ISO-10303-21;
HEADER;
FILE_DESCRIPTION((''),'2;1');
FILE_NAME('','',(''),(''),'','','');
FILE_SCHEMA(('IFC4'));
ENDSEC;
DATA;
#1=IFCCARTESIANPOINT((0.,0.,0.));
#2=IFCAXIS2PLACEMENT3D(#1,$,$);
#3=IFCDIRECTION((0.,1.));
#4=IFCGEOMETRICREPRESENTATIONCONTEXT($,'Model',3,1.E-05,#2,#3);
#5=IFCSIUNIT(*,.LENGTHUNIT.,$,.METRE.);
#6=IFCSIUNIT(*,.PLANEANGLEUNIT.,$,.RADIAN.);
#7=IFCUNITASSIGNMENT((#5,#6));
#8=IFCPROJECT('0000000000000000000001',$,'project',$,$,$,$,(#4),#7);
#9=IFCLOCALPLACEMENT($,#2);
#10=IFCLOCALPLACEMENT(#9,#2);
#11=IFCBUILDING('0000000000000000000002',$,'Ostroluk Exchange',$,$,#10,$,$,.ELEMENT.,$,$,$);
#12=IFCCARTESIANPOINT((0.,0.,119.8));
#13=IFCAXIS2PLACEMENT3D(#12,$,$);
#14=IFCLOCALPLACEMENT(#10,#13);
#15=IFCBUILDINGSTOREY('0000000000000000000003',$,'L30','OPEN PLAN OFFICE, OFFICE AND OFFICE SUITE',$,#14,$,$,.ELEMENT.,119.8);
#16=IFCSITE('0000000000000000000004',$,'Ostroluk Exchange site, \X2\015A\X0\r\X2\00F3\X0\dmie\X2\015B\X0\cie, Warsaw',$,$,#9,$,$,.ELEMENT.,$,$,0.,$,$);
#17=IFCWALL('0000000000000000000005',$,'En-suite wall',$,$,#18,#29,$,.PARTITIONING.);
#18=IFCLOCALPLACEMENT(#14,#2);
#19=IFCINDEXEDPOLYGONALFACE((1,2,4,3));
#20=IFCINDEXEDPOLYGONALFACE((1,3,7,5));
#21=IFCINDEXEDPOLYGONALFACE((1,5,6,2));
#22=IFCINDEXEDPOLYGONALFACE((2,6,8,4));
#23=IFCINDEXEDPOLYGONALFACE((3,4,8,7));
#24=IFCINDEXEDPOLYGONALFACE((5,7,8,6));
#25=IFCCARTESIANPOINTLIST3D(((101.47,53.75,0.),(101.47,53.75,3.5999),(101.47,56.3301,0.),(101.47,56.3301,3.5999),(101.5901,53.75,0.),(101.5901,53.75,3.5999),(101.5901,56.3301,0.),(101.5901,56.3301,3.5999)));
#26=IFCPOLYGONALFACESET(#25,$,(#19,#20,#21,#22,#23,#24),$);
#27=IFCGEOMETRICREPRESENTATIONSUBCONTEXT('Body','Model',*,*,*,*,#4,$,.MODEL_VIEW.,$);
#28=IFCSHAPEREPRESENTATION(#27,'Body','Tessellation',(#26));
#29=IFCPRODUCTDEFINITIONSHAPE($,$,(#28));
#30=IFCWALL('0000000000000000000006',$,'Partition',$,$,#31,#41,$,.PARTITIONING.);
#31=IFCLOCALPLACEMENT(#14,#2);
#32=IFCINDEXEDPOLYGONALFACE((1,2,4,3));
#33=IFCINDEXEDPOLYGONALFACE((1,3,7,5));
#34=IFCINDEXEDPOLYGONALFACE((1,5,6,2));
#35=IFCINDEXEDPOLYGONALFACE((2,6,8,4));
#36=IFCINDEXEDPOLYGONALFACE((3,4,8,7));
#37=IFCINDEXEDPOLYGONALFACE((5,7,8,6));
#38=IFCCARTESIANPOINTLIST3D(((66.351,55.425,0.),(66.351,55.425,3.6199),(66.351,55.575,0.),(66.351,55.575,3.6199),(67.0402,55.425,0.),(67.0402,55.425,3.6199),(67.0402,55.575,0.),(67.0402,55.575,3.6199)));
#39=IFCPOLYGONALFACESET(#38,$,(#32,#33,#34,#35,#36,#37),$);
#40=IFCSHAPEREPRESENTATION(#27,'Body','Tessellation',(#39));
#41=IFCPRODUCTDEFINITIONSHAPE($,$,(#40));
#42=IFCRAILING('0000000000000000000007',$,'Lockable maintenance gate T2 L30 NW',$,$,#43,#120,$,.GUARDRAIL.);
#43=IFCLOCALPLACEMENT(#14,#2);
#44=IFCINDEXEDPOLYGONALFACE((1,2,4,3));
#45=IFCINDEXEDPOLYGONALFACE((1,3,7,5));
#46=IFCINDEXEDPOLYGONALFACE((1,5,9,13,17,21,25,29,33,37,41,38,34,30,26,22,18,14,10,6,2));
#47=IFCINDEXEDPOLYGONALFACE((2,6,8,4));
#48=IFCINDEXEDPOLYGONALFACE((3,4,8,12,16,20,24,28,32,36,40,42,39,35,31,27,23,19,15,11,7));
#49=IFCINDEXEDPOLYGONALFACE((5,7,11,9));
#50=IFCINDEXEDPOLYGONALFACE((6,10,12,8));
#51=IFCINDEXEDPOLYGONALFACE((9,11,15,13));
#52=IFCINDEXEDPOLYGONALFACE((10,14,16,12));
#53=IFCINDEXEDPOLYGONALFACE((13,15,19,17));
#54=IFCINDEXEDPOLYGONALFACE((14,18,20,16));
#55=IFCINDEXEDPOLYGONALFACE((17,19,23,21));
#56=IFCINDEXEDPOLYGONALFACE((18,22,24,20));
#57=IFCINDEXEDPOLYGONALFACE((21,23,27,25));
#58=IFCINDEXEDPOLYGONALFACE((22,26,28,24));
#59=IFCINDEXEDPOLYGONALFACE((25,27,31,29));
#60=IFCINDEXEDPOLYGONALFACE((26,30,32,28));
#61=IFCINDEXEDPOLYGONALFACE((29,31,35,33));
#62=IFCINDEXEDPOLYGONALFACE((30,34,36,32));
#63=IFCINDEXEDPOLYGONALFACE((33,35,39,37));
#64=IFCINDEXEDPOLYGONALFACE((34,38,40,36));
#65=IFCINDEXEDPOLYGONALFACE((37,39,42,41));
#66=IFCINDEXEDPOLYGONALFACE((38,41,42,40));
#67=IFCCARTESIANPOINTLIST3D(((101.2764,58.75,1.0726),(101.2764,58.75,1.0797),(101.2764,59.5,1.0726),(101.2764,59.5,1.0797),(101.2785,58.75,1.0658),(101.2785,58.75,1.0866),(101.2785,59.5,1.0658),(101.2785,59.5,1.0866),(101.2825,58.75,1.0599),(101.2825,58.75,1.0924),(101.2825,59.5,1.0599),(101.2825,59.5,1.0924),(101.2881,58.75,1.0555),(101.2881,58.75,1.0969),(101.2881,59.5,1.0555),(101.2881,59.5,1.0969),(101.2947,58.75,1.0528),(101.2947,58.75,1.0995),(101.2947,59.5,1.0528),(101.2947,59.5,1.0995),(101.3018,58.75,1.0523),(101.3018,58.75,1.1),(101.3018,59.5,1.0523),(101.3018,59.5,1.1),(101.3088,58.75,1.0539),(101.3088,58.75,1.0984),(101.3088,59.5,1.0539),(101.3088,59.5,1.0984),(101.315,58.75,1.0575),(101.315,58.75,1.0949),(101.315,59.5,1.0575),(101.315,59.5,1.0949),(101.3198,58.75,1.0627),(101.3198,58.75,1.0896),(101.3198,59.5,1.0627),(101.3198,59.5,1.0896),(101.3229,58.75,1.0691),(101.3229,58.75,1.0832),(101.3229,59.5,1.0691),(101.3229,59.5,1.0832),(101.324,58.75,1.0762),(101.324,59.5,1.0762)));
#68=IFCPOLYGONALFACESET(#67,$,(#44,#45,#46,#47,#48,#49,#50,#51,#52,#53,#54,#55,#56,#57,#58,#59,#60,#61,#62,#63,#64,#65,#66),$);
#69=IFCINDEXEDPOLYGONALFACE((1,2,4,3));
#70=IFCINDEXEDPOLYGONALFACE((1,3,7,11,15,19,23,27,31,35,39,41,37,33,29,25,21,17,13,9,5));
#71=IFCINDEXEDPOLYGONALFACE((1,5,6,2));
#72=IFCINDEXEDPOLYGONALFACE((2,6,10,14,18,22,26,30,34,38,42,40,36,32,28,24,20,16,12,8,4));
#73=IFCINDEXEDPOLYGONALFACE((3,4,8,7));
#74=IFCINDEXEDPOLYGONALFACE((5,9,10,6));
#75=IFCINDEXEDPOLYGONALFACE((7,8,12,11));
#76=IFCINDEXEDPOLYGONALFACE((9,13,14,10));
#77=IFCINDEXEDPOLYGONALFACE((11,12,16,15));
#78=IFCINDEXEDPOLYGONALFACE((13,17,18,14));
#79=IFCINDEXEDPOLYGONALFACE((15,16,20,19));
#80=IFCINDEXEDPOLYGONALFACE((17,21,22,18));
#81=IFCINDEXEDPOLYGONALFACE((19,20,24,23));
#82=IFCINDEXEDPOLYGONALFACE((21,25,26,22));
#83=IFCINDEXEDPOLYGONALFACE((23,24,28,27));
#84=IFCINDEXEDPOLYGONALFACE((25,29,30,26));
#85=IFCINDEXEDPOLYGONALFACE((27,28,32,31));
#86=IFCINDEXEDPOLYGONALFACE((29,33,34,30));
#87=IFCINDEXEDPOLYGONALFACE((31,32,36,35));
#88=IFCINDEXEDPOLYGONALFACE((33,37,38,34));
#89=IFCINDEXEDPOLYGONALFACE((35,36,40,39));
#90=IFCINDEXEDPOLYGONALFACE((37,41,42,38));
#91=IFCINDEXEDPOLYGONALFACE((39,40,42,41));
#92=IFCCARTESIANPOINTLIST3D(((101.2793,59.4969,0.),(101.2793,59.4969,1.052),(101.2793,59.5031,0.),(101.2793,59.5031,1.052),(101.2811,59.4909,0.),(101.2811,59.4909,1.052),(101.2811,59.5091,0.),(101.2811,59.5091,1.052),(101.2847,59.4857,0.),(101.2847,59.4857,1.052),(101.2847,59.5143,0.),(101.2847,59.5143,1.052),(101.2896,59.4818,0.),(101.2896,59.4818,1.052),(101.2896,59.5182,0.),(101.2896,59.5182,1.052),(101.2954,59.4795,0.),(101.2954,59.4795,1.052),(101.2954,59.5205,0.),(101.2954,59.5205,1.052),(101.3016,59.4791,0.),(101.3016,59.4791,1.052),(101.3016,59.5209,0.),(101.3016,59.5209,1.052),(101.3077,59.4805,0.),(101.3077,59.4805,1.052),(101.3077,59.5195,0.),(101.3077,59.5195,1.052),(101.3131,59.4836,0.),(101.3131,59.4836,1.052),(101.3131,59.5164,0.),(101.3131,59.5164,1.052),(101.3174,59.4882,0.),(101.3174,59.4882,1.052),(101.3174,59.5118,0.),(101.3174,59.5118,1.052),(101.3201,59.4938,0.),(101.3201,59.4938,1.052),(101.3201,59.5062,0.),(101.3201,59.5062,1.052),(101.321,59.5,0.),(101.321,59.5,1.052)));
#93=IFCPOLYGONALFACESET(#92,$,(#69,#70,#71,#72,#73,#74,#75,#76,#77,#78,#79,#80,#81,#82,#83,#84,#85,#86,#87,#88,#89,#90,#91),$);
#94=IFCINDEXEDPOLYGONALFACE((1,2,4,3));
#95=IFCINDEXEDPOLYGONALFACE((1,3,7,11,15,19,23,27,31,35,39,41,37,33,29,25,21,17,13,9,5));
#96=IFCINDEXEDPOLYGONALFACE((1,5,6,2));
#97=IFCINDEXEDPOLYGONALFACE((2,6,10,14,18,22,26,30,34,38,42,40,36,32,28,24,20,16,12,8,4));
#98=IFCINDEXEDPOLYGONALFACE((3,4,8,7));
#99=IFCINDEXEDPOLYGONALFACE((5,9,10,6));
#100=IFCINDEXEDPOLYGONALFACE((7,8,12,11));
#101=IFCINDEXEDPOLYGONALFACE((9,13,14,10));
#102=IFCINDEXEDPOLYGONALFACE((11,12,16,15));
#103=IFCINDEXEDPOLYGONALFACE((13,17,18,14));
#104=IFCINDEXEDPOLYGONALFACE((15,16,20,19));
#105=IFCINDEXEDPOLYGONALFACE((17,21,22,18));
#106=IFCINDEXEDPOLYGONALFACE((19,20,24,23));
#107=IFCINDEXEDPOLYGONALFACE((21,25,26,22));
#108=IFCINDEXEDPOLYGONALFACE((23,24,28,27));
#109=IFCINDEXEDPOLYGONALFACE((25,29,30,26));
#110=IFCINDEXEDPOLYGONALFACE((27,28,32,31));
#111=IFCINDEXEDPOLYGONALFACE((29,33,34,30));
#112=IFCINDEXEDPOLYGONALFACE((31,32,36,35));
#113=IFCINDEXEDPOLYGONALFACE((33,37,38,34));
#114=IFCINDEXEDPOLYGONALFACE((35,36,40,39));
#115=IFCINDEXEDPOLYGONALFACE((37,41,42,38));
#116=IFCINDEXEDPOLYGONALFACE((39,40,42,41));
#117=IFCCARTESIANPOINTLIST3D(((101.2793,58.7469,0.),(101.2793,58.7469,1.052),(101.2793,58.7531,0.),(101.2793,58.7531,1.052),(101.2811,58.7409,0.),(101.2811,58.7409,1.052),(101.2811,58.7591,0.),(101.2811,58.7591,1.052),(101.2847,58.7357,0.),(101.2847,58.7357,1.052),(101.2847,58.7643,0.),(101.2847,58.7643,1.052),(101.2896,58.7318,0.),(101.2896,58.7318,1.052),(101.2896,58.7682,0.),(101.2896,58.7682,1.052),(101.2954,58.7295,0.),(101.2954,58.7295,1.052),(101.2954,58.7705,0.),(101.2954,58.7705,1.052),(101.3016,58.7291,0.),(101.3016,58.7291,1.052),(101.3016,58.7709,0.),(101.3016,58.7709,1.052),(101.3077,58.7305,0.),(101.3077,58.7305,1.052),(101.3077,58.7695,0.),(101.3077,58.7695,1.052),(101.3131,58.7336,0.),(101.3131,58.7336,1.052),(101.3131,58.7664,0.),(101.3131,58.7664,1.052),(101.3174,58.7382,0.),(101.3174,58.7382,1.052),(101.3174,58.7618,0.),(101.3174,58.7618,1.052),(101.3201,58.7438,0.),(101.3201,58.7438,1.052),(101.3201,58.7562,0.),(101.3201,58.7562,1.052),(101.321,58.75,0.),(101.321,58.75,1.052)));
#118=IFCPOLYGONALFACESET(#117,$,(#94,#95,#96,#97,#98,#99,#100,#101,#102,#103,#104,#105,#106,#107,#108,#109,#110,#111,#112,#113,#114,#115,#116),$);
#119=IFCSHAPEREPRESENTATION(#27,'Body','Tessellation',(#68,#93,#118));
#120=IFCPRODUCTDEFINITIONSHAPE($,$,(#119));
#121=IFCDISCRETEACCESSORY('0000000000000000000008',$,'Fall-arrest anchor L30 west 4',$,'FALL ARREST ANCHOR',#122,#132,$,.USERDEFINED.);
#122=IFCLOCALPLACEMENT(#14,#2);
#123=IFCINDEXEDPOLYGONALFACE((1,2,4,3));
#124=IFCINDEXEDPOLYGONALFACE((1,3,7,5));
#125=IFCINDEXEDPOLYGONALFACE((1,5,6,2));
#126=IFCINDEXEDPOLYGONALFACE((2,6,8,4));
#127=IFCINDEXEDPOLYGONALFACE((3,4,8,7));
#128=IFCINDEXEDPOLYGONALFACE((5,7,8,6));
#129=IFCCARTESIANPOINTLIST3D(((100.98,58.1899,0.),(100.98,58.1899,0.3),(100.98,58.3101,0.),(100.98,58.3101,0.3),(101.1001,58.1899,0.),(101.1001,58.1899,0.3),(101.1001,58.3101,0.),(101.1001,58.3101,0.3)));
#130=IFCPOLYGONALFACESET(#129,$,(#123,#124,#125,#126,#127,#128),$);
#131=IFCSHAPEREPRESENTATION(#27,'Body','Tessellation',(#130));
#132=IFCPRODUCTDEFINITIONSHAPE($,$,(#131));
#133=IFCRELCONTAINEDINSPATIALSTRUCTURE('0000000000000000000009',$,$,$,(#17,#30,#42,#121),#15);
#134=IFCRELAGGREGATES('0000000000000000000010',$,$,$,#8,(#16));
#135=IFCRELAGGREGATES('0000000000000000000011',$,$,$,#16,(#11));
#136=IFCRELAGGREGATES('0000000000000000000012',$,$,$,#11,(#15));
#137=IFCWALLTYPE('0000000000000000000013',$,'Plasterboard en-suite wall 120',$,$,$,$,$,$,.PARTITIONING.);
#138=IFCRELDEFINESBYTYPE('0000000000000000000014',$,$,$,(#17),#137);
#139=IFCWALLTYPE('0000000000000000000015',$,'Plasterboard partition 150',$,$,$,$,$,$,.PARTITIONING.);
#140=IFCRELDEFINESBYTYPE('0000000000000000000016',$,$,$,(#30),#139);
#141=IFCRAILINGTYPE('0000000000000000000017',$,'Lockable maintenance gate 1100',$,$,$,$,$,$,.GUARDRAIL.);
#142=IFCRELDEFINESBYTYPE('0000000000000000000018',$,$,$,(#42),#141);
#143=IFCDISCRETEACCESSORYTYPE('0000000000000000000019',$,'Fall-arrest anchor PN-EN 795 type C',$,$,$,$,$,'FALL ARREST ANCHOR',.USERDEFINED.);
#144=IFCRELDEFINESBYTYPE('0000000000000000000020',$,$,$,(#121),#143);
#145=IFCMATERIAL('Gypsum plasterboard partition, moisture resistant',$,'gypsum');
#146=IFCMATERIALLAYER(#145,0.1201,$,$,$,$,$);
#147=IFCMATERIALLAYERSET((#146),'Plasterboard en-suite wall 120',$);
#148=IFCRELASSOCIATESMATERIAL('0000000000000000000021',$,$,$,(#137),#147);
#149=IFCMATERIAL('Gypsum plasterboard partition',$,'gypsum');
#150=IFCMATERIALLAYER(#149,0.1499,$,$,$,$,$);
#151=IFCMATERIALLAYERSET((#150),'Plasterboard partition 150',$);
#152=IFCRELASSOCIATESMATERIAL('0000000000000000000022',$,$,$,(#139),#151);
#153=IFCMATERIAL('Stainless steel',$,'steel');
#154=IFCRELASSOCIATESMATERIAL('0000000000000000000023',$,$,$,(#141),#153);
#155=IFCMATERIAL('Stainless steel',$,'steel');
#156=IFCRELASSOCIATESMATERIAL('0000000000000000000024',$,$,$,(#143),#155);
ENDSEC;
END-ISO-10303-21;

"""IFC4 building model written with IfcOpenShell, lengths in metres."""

from ifc_helpers import new_model, si_unit, direction, frame, frame_2d, origin, origin_2d, place, context, subcontext, project, spatial, rectangle, circle, extrude, material, layer, layer_set, type_object, element, save


model = new_model("IFC4")

# Units and contexts
model_context = context("Model", 3, precision=1e-05, world=origin(), true_north=direction((0.0, 1.0)))
body_context = subcontext(model_context, "Body", "Model", "MODEL_VIEW")
ifc_project = project(units=[si_unit("LENGTHUNIT", "METRE"), si_unit("PLANEANGLEUNIT", "RADIAN")], contexts=[model_context])

# Site, building, storey
site_placement = place(None, origin())
site = spatial("IfcSite", under=ifc_project, at=site_placement, Name="Ostroluk Exchange site, Śródmieście, Warsaw", CompositionType="ELEMENT", RefElevation=0.0)
building_placement = place(site_placement, origin())
building = spatial("IfcBuilding", under=site, at=building_placement, Name="Ostroluk Exchange", CompositionType="ELEMENT")
storey_placement = place(building_placement, frame((0.0, 0.0, 119.8)))
storey = spatial("IfcBuildingStorey", under=building, at=storey_placement, Name="L30", Description="OPEN PLAN OFFICE, OFFICE AND OFFICE SUITE", CompositionType="ELEMENT", Elevation=119.8)

# Walls
ifc_material_1 = material(Name="Gypsum plasterboard partition, moisture resistant", Category="gypsum")
ifc_layer_1 = layer(ifc_material_1, 0.1201)
ifc_layer_set_1 = layer_set([ifc_layer_1], Name="Plasterboard en-suite wall 120")
wall_type_1 = type_object("IfcWallType", Name="Plasterboard en-suite wall 120", PredefinedType="PARTITIONING", material=ifc_layer_set_1)
wall_1_placement = place(storey_placement, frame((101.53, 53.75, 0.0), z_axis=(0.0, 0.0, 1.0), x_axis=(0.0, 1.0, 0.0)))
element("IfcWall", 1, at=wall_1_placement, inside=storey, type_object=wall_type_1, Name="En-suite wall", PredefinedType="PARTITIONING", context=body_context, shape_type="SweptSolid", body=[
    extrude(rectangle(XDim=2.5801, YDim=0.1201, at=frame_2d((1.29, 0.0))), origin(), (0.0, 0.0, 1.0), 3.5999),
])
ifc_material_2 = material(Name="Gypsum plasterboard partition", Category="gypsum")
ifc_layer_2 = layer(ifc_material_2, 0.1499)
ifc_layer_set_2 = layer_set([ifc_layer_2], Name="Plasterboard partition 150")
wall_type_2 = type_object("IfcWallType", Name="Plasterboard partition 150", PredefinedType="PARTITIONING", material=ifc_layer_set_2)
wall_2_placement = place(storey_placement, frame((66.3508, 55.5, 0.0), z_axis=(0.0, 0.0, 1.0), x_axis=(1.0, 0.0, 0.0)))
element("IfcWall", 2, at=wall_2_placement, inside=storey, type_object=wall_type_2, Name="Partition", PredefinedType="PARTITIONING", context=body_context, shape_type="SweptSolid", body=[
    extrude(rectangle(XDim=0.6892, YDim=0.1499, at=frame_2d((0.3447, 0.0))), origin(), (0.0, 0.0, 1.0), 3.6199),
])

# Railing
ifc_material_3 = material(Name="Stainless steel", Category="steel")
railing_type = type_object("IfcRailingType", Name="Lockable maintenance gate 1100", PredefinedType="GUARDRAIL", material=ifc_material_3)
railing_placement = place(storey_placement, frame((101.3, 59.5, 0.0)))
element("IfcRailing", 3, at=railing_placement, inside=storey, type_object=railing_type, Name="Lockable maintenance gate T2 L30 NW", PredefinedType="GUARDRAIL", context=body_context, shape_type="SweptSolid", body=[
    extrude(circle(Radius=0.0239, at=origin_2d()), frame((0.0, 0.0, 1.0762), z_axis=(0.0, -1.0, 0.0), x_axis=(1.0, 0.0, 0.0)), (0.0, 0.0, 1.0), 0.75),
    extrude(circle(Radius=0.021, at=origin_2d()), origin(), (0.0, 0.0, 1.0), 1.052),
    extrude(circle(Radius=0.021, at=origin_2d()), frame((0.0, -0.75, 0.0)), (0.0, 0.0, 1.0), 1.052),
])

# Discrete accessory
ifc_material_4 = material(Name="Stainless steel", Category="steel")
discrete_accessory_type = type_object("IfcDiscreteAccessoryType", Name="Fall-arrest anchor PN-EN 795 type C", ElementType="FALL ARREST ANCHOR", PredefinedType="USERDEFINED", material=ifc_material_4)
discrete_accessory_placement = place(storey_placement, frame((101.04, 58.25, 0.0), z_axis=(0.0, 0.0, 1.0), x_axis=(1.0, 0.0, 0.0)))
element("IfcDiscreteAccessory", 4, at=discrete_accessory_placement, inside=storey, type_object=discrete_accessory_type, Name="Fall-arrest anchor L30 west 4", ObjectType="FALL ARREST ANCHOR", PredefinedType="USERDEFINED", context=body_context, shape_type="SweptSolid", body=[
    extrude(rectangle(XDim=0.1201, YDim=0.1201, at=origin_2d()), origin(), (0.0, 0.0, 1.0), 0.3),
])

save(model, "model.ifc")
